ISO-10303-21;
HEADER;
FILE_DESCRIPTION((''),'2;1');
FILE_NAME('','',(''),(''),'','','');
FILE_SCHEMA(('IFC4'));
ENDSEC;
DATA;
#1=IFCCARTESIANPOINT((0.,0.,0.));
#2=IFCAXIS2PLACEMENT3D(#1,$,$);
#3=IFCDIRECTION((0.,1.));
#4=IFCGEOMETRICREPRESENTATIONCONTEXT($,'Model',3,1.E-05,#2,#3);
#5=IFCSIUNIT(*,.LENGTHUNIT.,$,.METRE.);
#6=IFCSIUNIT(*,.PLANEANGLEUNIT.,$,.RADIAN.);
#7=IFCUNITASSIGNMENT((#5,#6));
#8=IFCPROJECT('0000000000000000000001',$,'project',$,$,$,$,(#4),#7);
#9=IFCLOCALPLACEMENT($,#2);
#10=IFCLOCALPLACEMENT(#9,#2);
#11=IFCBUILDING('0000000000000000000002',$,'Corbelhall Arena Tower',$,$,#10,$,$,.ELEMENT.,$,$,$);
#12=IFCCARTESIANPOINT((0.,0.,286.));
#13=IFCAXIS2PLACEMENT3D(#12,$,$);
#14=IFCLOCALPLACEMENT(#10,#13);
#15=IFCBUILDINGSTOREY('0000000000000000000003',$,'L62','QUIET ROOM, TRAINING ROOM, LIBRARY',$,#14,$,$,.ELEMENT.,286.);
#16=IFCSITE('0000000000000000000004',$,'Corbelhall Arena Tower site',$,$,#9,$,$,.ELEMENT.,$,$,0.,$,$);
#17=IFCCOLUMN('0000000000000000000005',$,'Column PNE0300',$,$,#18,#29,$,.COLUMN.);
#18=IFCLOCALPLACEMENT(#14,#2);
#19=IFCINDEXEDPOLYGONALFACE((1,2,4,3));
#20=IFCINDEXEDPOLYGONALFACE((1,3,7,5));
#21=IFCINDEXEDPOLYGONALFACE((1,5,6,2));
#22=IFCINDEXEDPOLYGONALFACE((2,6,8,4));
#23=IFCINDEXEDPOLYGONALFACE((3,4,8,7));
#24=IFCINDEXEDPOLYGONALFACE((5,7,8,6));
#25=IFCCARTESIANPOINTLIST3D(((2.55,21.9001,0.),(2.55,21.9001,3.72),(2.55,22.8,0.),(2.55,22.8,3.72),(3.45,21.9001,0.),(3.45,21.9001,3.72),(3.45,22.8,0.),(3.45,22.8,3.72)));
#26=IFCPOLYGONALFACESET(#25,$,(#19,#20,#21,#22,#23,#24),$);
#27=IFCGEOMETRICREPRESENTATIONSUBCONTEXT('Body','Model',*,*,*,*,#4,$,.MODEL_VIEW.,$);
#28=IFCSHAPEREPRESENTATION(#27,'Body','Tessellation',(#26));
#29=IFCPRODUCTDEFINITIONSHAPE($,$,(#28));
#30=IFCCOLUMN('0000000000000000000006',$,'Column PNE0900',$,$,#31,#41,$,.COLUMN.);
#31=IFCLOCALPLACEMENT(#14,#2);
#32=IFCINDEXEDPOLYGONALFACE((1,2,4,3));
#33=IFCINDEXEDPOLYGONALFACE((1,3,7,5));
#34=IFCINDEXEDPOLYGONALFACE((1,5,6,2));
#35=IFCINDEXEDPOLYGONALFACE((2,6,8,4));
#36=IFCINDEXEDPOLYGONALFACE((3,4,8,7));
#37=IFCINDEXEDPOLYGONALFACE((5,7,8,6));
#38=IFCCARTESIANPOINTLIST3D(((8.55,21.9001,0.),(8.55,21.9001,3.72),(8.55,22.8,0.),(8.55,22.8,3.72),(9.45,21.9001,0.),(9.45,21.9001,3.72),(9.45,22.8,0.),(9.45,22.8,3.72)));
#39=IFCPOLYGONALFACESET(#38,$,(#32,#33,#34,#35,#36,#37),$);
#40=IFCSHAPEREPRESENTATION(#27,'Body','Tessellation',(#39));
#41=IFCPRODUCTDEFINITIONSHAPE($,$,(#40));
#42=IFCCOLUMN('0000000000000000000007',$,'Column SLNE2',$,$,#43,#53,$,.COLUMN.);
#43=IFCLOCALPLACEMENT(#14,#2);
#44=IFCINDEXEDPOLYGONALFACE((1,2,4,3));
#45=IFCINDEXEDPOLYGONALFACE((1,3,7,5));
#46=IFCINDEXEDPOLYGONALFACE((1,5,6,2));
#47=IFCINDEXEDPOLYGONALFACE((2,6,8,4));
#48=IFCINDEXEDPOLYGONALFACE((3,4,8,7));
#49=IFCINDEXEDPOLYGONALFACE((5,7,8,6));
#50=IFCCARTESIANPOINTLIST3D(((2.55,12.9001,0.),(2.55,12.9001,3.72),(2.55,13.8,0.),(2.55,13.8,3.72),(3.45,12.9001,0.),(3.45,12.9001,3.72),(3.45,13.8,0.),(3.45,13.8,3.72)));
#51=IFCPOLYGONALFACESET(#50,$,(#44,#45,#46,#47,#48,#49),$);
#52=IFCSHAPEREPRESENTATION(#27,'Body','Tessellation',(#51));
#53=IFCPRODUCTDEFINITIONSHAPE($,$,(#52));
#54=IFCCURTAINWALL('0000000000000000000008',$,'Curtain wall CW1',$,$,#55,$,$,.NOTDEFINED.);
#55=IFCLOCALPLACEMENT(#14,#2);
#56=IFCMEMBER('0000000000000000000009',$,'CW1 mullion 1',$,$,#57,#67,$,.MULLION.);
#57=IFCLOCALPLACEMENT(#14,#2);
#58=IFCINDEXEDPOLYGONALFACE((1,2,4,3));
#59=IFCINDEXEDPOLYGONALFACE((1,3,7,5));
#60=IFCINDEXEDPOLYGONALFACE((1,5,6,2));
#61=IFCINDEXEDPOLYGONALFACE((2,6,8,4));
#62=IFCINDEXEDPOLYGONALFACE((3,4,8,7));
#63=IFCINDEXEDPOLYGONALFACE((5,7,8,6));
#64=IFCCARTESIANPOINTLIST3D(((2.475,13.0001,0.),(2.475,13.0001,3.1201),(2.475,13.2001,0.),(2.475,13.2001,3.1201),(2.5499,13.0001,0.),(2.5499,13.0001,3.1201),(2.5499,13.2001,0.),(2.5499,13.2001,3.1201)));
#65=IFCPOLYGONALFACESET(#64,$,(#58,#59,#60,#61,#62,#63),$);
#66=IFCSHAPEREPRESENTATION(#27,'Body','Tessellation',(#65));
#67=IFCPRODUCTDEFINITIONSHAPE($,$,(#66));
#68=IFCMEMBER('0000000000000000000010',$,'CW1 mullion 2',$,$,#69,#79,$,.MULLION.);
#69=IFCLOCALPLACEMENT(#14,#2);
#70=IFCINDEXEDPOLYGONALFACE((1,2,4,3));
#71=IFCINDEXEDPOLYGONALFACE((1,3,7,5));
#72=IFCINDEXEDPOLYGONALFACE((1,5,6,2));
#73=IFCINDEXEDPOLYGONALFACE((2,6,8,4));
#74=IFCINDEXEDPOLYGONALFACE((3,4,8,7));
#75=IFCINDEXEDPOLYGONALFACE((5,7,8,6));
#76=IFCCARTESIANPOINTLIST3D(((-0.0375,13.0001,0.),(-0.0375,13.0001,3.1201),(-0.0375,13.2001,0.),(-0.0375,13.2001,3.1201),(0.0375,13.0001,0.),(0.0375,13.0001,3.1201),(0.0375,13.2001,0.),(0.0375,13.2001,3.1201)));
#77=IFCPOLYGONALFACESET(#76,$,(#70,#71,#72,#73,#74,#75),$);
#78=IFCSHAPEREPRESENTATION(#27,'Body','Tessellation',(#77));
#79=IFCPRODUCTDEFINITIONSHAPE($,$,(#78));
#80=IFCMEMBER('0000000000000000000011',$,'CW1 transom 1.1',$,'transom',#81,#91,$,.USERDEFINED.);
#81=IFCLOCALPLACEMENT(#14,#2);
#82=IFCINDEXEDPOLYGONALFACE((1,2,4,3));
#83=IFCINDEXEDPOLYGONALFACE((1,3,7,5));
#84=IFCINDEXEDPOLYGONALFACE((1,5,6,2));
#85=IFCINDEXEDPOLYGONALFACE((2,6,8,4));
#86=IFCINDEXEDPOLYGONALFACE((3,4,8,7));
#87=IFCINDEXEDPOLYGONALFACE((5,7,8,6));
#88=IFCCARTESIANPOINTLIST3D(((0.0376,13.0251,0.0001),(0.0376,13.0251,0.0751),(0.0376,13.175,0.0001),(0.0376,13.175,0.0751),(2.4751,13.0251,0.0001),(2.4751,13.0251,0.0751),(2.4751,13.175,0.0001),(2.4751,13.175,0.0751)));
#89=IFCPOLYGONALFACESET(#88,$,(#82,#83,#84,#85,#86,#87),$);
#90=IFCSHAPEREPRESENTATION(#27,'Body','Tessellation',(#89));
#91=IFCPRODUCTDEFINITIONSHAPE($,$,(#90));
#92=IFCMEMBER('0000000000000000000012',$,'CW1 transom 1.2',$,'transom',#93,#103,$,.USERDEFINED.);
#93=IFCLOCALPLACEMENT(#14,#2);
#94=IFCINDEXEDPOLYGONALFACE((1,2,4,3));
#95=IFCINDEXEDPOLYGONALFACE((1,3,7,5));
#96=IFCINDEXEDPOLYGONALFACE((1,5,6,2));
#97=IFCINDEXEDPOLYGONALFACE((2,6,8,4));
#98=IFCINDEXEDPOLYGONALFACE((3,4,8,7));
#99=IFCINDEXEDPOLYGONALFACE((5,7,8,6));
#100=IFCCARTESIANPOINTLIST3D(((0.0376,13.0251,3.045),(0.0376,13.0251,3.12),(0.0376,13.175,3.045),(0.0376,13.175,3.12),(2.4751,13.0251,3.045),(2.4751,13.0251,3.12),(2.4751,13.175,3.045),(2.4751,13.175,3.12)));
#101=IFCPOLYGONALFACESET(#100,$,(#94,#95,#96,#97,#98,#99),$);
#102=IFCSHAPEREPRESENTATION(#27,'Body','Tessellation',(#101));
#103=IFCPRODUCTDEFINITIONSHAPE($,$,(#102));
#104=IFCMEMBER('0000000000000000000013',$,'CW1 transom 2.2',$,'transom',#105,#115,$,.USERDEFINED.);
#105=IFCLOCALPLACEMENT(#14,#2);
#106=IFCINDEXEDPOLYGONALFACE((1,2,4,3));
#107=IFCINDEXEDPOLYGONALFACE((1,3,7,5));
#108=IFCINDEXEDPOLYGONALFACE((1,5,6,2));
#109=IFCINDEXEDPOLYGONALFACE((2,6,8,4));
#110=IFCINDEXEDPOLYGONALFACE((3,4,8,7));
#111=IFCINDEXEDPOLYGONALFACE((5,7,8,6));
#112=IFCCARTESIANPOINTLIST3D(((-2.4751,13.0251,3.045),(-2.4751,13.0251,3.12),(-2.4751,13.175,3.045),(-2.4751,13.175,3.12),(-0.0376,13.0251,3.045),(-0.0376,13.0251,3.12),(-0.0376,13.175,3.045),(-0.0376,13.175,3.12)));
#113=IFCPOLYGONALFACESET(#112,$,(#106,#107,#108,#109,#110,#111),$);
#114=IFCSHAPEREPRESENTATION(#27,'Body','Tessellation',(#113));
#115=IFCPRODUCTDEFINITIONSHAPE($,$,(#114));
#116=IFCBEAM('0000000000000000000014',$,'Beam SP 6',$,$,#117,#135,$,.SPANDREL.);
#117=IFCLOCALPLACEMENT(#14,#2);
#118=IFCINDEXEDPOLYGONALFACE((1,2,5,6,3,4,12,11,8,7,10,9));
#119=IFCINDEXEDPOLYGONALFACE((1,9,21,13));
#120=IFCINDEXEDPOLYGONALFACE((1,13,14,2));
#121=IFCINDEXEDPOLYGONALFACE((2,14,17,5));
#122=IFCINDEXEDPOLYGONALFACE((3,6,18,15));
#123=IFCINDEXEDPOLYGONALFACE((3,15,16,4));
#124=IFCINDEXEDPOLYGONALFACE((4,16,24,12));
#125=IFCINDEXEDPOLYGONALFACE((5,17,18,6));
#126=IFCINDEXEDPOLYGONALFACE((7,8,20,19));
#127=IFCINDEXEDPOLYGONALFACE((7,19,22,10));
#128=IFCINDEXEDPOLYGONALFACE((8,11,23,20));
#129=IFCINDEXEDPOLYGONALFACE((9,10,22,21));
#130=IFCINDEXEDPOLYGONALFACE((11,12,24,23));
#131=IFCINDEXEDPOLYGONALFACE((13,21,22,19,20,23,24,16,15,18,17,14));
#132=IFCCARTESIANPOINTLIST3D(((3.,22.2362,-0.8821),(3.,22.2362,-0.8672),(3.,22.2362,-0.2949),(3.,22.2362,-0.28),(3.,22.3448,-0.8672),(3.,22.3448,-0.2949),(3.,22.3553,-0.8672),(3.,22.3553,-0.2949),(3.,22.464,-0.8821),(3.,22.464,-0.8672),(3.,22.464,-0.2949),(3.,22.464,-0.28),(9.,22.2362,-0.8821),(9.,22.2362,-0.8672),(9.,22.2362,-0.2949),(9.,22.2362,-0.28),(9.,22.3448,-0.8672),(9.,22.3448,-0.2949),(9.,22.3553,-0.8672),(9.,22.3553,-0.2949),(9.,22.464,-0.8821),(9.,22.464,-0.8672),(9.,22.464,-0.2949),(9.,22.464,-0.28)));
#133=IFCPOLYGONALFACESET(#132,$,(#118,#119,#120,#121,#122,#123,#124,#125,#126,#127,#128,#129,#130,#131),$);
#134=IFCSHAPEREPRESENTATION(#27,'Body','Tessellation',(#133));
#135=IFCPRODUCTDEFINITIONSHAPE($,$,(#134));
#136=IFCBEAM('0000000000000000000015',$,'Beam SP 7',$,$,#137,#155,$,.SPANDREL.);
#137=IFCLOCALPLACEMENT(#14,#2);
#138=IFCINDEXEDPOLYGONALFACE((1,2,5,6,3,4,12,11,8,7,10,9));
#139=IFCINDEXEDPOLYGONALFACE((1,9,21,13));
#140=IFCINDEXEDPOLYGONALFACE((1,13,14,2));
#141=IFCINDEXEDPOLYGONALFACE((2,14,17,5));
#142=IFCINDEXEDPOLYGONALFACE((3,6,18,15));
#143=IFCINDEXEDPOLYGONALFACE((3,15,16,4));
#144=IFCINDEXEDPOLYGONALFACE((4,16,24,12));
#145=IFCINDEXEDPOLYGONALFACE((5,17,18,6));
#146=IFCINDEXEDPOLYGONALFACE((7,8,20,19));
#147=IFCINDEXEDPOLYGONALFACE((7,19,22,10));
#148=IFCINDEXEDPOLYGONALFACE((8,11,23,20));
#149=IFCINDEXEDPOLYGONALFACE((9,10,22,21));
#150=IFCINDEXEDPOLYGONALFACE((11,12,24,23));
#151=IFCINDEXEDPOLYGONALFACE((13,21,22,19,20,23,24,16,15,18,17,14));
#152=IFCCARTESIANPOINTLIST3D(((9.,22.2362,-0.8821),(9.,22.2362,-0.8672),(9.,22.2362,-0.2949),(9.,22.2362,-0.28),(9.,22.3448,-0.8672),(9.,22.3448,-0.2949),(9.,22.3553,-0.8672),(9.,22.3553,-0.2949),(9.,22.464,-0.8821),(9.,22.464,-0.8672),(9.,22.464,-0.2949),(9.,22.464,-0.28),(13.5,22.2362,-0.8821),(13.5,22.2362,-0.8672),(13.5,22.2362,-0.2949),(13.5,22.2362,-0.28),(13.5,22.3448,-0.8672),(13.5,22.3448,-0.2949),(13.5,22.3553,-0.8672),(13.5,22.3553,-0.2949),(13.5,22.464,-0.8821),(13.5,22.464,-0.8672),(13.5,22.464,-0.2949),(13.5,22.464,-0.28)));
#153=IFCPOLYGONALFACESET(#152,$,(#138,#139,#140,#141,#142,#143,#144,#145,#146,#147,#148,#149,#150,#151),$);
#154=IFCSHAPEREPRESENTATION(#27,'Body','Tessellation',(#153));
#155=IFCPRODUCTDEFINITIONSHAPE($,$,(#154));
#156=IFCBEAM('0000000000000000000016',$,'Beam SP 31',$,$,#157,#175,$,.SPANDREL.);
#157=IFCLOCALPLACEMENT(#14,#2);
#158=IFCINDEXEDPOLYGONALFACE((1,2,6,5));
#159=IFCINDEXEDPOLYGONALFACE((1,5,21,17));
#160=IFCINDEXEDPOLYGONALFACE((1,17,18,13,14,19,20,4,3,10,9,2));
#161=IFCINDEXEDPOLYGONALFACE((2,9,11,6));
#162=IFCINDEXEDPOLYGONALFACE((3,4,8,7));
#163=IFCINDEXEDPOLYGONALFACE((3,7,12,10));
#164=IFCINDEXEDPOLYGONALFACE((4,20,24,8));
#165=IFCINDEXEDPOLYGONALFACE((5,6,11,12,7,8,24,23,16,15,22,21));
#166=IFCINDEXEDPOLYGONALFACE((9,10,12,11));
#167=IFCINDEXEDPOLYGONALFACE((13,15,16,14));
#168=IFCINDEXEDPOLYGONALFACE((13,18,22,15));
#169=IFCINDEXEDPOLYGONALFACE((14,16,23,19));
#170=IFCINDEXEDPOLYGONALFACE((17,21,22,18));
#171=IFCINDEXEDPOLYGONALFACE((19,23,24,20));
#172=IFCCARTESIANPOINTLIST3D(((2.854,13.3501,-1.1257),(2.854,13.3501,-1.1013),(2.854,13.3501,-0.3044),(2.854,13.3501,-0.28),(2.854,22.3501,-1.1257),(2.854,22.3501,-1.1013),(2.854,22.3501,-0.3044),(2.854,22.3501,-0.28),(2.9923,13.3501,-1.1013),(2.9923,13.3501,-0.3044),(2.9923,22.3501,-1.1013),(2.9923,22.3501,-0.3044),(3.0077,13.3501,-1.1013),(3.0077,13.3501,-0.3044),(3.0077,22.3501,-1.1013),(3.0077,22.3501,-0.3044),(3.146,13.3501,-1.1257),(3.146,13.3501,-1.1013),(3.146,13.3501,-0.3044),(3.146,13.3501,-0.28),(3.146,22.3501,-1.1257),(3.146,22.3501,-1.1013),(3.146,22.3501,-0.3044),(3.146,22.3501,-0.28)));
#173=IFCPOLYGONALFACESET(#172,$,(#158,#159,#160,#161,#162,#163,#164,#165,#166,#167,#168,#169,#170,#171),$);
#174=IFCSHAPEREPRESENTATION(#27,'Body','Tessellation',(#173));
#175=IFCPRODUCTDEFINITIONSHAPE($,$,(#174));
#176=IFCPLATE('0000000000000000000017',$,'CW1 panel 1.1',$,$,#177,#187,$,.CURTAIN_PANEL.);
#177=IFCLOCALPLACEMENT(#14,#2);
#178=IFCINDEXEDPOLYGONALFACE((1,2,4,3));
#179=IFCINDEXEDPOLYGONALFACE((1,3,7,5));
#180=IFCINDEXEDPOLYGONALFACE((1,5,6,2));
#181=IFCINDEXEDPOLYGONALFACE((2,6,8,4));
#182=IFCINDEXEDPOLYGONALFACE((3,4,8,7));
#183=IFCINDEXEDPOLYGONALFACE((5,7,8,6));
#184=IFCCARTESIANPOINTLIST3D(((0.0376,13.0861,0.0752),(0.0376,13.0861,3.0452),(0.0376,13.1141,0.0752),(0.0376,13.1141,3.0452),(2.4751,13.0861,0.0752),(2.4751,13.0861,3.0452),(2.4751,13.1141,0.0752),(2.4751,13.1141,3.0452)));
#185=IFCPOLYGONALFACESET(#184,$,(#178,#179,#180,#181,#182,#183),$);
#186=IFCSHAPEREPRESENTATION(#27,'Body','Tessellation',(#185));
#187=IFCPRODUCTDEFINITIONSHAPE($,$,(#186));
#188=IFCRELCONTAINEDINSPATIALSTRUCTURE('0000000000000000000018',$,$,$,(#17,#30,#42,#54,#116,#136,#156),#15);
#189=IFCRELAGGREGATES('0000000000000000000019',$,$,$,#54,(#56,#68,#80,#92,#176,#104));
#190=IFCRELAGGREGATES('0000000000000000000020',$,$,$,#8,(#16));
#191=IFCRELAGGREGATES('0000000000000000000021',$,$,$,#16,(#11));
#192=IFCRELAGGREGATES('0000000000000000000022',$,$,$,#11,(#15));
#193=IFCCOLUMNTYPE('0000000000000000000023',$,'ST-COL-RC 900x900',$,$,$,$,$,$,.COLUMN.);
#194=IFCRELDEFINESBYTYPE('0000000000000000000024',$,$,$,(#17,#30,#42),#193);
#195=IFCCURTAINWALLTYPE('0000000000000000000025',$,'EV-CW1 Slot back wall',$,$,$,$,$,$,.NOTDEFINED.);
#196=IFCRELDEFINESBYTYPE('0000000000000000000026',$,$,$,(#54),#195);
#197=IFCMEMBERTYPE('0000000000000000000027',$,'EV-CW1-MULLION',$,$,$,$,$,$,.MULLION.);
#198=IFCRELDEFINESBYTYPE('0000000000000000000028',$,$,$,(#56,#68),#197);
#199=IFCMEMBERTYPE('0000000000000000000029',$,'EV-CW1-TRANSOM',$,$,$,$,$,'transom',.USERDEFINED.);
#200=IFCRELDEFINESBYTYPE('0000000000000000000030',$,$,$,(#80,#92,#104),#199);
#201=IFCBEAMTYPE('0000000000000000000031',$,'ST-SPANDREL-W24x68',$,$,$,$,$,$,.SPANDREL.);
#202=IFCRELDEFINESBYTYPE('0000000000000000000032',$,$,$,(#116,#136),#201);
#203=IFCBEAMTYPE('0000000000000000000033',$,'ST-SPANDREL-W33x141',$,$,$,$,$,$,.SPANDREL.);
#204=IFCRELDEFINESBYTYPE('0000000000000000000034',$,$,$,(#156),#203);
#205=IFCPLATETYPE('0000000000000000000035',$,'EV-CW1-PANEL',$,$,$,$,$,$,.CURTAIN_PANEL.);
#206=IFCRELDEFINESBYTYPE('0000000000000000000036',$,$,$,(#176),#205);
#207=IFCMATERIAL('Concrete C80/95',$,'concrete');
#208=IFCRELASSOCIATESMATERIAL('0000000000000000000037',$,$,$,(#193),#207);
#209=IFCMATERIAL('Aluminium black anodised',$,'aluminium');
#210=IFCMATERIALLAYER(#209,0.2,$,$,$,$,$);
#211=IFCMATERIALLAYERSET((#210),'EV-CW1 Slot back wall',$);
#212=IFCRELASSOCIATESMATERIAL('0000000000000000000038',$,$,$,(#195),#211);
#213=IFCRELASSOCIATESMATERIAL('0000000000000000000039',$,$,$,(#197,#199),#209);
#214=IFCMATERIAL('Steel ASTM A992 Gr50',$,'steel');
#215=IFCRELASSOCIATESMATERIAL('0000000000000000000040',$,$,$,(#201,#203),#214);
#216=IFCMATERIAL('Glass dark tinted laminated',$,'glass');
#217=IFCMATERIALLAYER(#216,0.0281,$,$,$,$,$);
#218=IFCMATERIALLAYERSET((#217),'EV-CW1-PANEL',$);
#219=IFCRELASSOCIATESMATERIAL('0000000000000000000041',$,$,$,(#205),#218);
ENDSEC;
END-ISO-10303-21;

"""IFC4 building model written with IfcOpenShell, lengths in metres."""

from ifc_helpers import new_model, si_unit, direction, frame, origin, origin_2d, place, context, subcontext, project, spatial, rectangle, i_section, extrude, material, layer, layer_set, material_profile, profile_set, type_object, element, aggregate, save


model = new_model("IFC4")

# Units and contexts
model_context = context("Model", 3, precision=1e-05, world=origin(), true_north=direction((0.0, 1.0)))
body_context = subcontext(model_context, "Body", "Model", "MODEL_VIEW")
ifc_project = project(units=[si_unit("LENGTHUNIT", "METRE"), si_unit("PLANEANGLEUNIT", "RADIAN")], contexts=[model_context])

# Site, building, storey
site_placement = place(None, origin())
site = spatial("IfcSite", under=ifc_project, at=site_placement, Name="Corbelhall Arena Tower site", CompositionType="ELEMENT", RefElevation=0.0)
building_placement = place(site_placement, origin())
building = spatial("IfcBuilding", under=site, at=building_placement, Name="Corbelhall Arena Tower", CompositionType="ELEMENT")
storey_placement = place(building_placement, frame((0.0, 0.0, 286.0)))
storey = spatial("IfcBuildingStorey", under=building, at=storey_placement, Name="L62", Description="QUIET ROOM, TRAINING ROOM, LIBRARY", CompositionType="ELEMENT", Elevation=286.0)

# Columns
ifc_material_1 = material(Name="Concrete C80/95", Category="concrete")
ifc_material_profile_1 = material_profile(ifc_material_1, rectangle(XDim=0.8999, YDim=0.8999, at=origin_2d()))
ifc_profile_set_1 = profile_set([ifc_material_profile_1], Name="Concrete C80/95")
column_type = type_object("IfcColumnType", Name="ST-COL-RC 900x900", PredefinedType="COLUMN", material=ifc_profile_set_1)
for number, where, z_axis, x_axis, name in (
    (1, (3.0, 22.3501, 0.0), (0.0, 0.0, 1.0), (1.0, 0.0, 0.0), "Column PNE0300"),
    (2, (9.0, 22.3501, 0.0), (0.0, 0.0, 1.0), (1.0, 0.0, 0.0), "Column PNE0900"),
    (3, (3.0, 13.3501, 0.0), (0.0, 0.0, 1.0), (1.0, 0.0, 0.0), "Column SLNE2"),
):
    element("IfcColumn", number, at=place(storey_placement, frame(where, z_axis=z_axis, x_axis=x_axis)), inside=storey, type_object=column_type, Name=name, PredefinedType="COLUMN", context=body_context, shape_type="SweptSolid", body=[
        extrude(rectangle(XDim=0.8999, YDim=0.8999, at=origin_2d()), origin(), (0.0, 0.0, 1.0), 3.72),
    ])

# Curtain wall, members
ifc_material_2 = material(Name="Aluminium black anodised", Category="aluminium")
ifc_layer_1 = layer(ifc_material_2, 0.2)
ifc_layer_set_1 = layer_set([ifc_layer_1], Name="EV-CW1 Slot back wall")
curtain_wall_type = type_object("IfcCurtainWallType", Name="EV-CW1 Slot back wall", PredefinedType="NOTDEFINED", material=ifc_layer_set_1)
curtain_wall_placement = place(storey_placement, origin())
curtain_wall = element("IfcCurtainWall", 4, at=curtain_wall_placement, inside=storey, type_object=curtain_wall_type, Name="Curtain wall CW1", PredefinedType="NOTDEFINED")
ifc_material_profile_2 = material_profile(ifc_material_2, rectangle(XDim=0.2, YDim=0.075, at=origin_2d()))
ifc_profile_set_2 = profile_set([ifc_material_profile_2], Name="Aluminium black anodised")
member_type_1 = type_object("IfcMemberType", Name="EV-CW1-MULLION", PredefinedType="MULLION", material=ifc_profile_set_2)
member_1_placement = place(storey_placement, frame((2.5125, 13.1001, 0.0), z_axis=(0.0, 0.0, 1.0), x_axis=(0.0, -1.0, 0.0)))
member_1 = element("IfcMember", 5, at=member_1_placement, type_object=member_type_1, Name="CW1 mullion 1", PredefinedType="MULLION", context=body_context, shape_type="SweptSolid", body=[
    extrude(rectangle(XDim=0.2, YDim=0.075, at=origin_2d()), origin(), (0.0, 0.0, 1.0), 3.1201),
])
member_2_placement = place(storey_placement, frame((0.0, 13.1001, 0.0), z_axis=(0.0, 0.0, 1.0), x_axis=(0.0, -1.0, 0.0)))
member_2 = element("IfcMember", 6, at=member_2_placement, type_object=member_type_1, Name="CW1 mullion 2", PredefinedType="MULLION", context=body_context, shape_type="SweptSolid", body=[
    extrude(rectangle(XDim=0.2, YDim=0.075, at=origin_2d()), origin(), (0.0, 0.0, 1.0), 3.1201),
])
ifc_material_profile_3 = material_profile(ifc_material_2, rectangle(XDim=0.1499, YDim=0.075, at=origin_2d()))
ifc_profile_set_3 = profile_set([ifc_material_profile_3], Name="Aluminium black anodised")
member_type_2 = type_object("IfcMemberType", Name="EV-CW1-TRANSOM", ElementType="transom", PredefinedType="USERDEFINED", material=ifc_profile_set_3)
member_3_placement = place(storey_placement, frame((2.4751, 13.1001, 0.0376), z_axis=(-1.0, 0.0, 0.0), x_axis=(0.0, -1.0, 0.0)))
member_3 = element("IfcMember", 7, at=member_3_placement, type_object=member_type_2, Name="CW1 transom 1.1", ObjectType="transom", PredefinedType="USERDEFINED", context=body_context, shape_type="SweptSolid", body=[
    extrude(rectangle(XDim=0.1499, YDim=0.075, at=origin_2d()), origin(), (0.0, 0.0, 1.0), 2.4375),
])
member_4_placement = place(storey_placement, frame((2.4751, 13.1001, 3.0825), z_axis=(-1.0, 0.0, 0.0), x_axis=(0.0, -1.0, 0.0)))
member_4 = element("IfcMember", 8, at=member_4_placement, type_object=member_type_2, Name="CW1 transom 1.2", ObjectType="transom", PredefinedType="USERDEFINED", context=body_context, shape_type="SweptSolid", body=[
    extrude(rectangle(XDim=0.1499, YDim=0.075, at=origin_2d()), origin(), (0.0, 0.0, 1.0), 2.4375),
])
member_5_placement = place(storey_placement, frame((-0.0376, 13.1001, 3.0825), z_axis=(-1.0, 0.0, 0.0), x_axis=(0.0, -1.0, 0.0)))
member_5 = element("IfcMember", 9, at=member_5_placement, type_object=member_type_2, Name="CW1 transom 2.2", ObjectType="transom", PredefinedType="USERDEFINED", context=body_context, shape_type="SweptSolid", body=[
    extrude(rectangle(XDim=0.1499, YDim=0.075, at=origin_2d()), origin(), (0.0, 0.0, 1.0), 2.4375),
])

# Beams
ifc_material_3 = material(Name="Steel ASTM A992 Gr50", Category="steel")
ifc_material_profile_4 = material_profile(ifc_material_3, i_section(OverallWidth=0.2278, OverallDepth=0.6021, WebThickness=0.0105, FlangeThickness=0.0149, at=origin_2d()))
ifc_profile_set_4 = profile_set([ifc_material_profile_4], Name="Steel ASTM A992 Gr50")
beam_type_1 = type_object("IfcBeamType", Name="ST-SPANDREL-W24x68", PredefinedType="SPANDREL", material=ifc_profile_set_4)
beam_1_placement = place(storey_placement, frame((3.0, 22.3501, -0.5811), z_axis=(1.0, 0.0, 0.0), x_axis=(0.0, 1.0, 0.0)))
element("IfcBeam", 10, at=beam_1_placement, inside=storey, type_object=beam_type_1, Name="Beam SP 6", PredefinedType="SPANDREL", context=body_context, shape_type="SweptSolid", body=[
    extrude(i_section(OverallWidth=0.2278, OverallDepth=0.6021, WebThickness=0.0105, FlangeThickness=0.0149, at=origin_2d()), origin(), (0.0, 0.0, 1.0), 6.0),
])
beam_2_placement = place(storey_placement, frame((9.0, 22.3501, -0.5811), z_axis=(1.0, 0.0, 0.0), x_axis=(0.0, 1.0, 0.0)))
element("IfcBeam", 11, at=beam_2_placement, inside=storey, type_object=beam_type_1, Name="Beam SP 7", PredefinedType="SPANDREL", context=body_context, shape_type="SweptSolid", body=[
    extrude(i_section(OverallWidth=0.2278, OverallDepth=0.6021, WebThickness=0.0105, FlangeThickness=0.0149, at=origin_2d()), origin(), (0.0, 0.0, 1.0), 4.5),
])
ifc_material_profile_5 = material_profile(ifc_material_3, i_section(OverallWidth=0.292, OverallDepth=0.8457, WebThickness=0.0154, FlangeThickness=0.0244, at=origin_2d()))
ifc_profile_set_5 = profile_set([ifc_material_profile_5], Name="Steel ASTM A992 Gr50")
beam_type_2 = type_object("IfcBeamType", Name="ST-SPANDREL-W33x141", PredefinedType="SPANDREL", material=ifc_profile_set_5)
beam_3_placement = place(storey_placement, frame((3.0, 13.3501, -0.7029), z_axis=(0.0, 1.0, 0.0), x_axis=(-1.0, 0.0, 0.0)))
element("IfcBeam", 12, at=beam_3_placement, inside=storey, type_object=beam_type_2, Name="Beam SP 31", PredefinedType="SPANDREL", context=body_context, shape_type="SweptSolid", body=[
    extrude(i_section(OverallWidth=0.292, OverallDepth=0.8457, WebThickness=0.0154, FlangeThickness=0.0244, at=origin_2d()), origin(), (0.0, 0.0, 1.0), 9.0),
])

# Plate
ifc_material_4 = material(Name="Glass dark tinted laminated", Category="glass")
ifc_layer_2 = layer(ifc_material_4, 0.0281)
ifc_layer_set_2 = layer_set([ifc_layer_2], Name="EV-CW1-PANEL")
plate_type = type_object("IfcPlateType", Name="EV-CW1-PANEL", PredefinedType="CURTAIN_PANEL", material=ifc_layer_set_2)
plate_placement = place(storey_placement, frame((1.2563, 13.1001, 0.0752), z_axis=(0.0, 0.0, 1.0), x_axis=(-1.0, 0.0, 0.0)))
plate = element("IfcPlate", 13, at=plate_placement, type_object=plate_type, Name="CW1 panel 1.1", PredefinedType="CURTAIN_PANEL", context=body_context, shape_type="SweptSolid", body=[
    extrude(rectangle(XDim=2.4375, YDim=0.0281, at=origin_2d()), origin(), (0.0, 0.0, 1.0), 2.97),
])
aggregate(curtain_wall, [member_1, member_2, member_3, member_4, plate, member_5])

save(model, "model.ifc")
